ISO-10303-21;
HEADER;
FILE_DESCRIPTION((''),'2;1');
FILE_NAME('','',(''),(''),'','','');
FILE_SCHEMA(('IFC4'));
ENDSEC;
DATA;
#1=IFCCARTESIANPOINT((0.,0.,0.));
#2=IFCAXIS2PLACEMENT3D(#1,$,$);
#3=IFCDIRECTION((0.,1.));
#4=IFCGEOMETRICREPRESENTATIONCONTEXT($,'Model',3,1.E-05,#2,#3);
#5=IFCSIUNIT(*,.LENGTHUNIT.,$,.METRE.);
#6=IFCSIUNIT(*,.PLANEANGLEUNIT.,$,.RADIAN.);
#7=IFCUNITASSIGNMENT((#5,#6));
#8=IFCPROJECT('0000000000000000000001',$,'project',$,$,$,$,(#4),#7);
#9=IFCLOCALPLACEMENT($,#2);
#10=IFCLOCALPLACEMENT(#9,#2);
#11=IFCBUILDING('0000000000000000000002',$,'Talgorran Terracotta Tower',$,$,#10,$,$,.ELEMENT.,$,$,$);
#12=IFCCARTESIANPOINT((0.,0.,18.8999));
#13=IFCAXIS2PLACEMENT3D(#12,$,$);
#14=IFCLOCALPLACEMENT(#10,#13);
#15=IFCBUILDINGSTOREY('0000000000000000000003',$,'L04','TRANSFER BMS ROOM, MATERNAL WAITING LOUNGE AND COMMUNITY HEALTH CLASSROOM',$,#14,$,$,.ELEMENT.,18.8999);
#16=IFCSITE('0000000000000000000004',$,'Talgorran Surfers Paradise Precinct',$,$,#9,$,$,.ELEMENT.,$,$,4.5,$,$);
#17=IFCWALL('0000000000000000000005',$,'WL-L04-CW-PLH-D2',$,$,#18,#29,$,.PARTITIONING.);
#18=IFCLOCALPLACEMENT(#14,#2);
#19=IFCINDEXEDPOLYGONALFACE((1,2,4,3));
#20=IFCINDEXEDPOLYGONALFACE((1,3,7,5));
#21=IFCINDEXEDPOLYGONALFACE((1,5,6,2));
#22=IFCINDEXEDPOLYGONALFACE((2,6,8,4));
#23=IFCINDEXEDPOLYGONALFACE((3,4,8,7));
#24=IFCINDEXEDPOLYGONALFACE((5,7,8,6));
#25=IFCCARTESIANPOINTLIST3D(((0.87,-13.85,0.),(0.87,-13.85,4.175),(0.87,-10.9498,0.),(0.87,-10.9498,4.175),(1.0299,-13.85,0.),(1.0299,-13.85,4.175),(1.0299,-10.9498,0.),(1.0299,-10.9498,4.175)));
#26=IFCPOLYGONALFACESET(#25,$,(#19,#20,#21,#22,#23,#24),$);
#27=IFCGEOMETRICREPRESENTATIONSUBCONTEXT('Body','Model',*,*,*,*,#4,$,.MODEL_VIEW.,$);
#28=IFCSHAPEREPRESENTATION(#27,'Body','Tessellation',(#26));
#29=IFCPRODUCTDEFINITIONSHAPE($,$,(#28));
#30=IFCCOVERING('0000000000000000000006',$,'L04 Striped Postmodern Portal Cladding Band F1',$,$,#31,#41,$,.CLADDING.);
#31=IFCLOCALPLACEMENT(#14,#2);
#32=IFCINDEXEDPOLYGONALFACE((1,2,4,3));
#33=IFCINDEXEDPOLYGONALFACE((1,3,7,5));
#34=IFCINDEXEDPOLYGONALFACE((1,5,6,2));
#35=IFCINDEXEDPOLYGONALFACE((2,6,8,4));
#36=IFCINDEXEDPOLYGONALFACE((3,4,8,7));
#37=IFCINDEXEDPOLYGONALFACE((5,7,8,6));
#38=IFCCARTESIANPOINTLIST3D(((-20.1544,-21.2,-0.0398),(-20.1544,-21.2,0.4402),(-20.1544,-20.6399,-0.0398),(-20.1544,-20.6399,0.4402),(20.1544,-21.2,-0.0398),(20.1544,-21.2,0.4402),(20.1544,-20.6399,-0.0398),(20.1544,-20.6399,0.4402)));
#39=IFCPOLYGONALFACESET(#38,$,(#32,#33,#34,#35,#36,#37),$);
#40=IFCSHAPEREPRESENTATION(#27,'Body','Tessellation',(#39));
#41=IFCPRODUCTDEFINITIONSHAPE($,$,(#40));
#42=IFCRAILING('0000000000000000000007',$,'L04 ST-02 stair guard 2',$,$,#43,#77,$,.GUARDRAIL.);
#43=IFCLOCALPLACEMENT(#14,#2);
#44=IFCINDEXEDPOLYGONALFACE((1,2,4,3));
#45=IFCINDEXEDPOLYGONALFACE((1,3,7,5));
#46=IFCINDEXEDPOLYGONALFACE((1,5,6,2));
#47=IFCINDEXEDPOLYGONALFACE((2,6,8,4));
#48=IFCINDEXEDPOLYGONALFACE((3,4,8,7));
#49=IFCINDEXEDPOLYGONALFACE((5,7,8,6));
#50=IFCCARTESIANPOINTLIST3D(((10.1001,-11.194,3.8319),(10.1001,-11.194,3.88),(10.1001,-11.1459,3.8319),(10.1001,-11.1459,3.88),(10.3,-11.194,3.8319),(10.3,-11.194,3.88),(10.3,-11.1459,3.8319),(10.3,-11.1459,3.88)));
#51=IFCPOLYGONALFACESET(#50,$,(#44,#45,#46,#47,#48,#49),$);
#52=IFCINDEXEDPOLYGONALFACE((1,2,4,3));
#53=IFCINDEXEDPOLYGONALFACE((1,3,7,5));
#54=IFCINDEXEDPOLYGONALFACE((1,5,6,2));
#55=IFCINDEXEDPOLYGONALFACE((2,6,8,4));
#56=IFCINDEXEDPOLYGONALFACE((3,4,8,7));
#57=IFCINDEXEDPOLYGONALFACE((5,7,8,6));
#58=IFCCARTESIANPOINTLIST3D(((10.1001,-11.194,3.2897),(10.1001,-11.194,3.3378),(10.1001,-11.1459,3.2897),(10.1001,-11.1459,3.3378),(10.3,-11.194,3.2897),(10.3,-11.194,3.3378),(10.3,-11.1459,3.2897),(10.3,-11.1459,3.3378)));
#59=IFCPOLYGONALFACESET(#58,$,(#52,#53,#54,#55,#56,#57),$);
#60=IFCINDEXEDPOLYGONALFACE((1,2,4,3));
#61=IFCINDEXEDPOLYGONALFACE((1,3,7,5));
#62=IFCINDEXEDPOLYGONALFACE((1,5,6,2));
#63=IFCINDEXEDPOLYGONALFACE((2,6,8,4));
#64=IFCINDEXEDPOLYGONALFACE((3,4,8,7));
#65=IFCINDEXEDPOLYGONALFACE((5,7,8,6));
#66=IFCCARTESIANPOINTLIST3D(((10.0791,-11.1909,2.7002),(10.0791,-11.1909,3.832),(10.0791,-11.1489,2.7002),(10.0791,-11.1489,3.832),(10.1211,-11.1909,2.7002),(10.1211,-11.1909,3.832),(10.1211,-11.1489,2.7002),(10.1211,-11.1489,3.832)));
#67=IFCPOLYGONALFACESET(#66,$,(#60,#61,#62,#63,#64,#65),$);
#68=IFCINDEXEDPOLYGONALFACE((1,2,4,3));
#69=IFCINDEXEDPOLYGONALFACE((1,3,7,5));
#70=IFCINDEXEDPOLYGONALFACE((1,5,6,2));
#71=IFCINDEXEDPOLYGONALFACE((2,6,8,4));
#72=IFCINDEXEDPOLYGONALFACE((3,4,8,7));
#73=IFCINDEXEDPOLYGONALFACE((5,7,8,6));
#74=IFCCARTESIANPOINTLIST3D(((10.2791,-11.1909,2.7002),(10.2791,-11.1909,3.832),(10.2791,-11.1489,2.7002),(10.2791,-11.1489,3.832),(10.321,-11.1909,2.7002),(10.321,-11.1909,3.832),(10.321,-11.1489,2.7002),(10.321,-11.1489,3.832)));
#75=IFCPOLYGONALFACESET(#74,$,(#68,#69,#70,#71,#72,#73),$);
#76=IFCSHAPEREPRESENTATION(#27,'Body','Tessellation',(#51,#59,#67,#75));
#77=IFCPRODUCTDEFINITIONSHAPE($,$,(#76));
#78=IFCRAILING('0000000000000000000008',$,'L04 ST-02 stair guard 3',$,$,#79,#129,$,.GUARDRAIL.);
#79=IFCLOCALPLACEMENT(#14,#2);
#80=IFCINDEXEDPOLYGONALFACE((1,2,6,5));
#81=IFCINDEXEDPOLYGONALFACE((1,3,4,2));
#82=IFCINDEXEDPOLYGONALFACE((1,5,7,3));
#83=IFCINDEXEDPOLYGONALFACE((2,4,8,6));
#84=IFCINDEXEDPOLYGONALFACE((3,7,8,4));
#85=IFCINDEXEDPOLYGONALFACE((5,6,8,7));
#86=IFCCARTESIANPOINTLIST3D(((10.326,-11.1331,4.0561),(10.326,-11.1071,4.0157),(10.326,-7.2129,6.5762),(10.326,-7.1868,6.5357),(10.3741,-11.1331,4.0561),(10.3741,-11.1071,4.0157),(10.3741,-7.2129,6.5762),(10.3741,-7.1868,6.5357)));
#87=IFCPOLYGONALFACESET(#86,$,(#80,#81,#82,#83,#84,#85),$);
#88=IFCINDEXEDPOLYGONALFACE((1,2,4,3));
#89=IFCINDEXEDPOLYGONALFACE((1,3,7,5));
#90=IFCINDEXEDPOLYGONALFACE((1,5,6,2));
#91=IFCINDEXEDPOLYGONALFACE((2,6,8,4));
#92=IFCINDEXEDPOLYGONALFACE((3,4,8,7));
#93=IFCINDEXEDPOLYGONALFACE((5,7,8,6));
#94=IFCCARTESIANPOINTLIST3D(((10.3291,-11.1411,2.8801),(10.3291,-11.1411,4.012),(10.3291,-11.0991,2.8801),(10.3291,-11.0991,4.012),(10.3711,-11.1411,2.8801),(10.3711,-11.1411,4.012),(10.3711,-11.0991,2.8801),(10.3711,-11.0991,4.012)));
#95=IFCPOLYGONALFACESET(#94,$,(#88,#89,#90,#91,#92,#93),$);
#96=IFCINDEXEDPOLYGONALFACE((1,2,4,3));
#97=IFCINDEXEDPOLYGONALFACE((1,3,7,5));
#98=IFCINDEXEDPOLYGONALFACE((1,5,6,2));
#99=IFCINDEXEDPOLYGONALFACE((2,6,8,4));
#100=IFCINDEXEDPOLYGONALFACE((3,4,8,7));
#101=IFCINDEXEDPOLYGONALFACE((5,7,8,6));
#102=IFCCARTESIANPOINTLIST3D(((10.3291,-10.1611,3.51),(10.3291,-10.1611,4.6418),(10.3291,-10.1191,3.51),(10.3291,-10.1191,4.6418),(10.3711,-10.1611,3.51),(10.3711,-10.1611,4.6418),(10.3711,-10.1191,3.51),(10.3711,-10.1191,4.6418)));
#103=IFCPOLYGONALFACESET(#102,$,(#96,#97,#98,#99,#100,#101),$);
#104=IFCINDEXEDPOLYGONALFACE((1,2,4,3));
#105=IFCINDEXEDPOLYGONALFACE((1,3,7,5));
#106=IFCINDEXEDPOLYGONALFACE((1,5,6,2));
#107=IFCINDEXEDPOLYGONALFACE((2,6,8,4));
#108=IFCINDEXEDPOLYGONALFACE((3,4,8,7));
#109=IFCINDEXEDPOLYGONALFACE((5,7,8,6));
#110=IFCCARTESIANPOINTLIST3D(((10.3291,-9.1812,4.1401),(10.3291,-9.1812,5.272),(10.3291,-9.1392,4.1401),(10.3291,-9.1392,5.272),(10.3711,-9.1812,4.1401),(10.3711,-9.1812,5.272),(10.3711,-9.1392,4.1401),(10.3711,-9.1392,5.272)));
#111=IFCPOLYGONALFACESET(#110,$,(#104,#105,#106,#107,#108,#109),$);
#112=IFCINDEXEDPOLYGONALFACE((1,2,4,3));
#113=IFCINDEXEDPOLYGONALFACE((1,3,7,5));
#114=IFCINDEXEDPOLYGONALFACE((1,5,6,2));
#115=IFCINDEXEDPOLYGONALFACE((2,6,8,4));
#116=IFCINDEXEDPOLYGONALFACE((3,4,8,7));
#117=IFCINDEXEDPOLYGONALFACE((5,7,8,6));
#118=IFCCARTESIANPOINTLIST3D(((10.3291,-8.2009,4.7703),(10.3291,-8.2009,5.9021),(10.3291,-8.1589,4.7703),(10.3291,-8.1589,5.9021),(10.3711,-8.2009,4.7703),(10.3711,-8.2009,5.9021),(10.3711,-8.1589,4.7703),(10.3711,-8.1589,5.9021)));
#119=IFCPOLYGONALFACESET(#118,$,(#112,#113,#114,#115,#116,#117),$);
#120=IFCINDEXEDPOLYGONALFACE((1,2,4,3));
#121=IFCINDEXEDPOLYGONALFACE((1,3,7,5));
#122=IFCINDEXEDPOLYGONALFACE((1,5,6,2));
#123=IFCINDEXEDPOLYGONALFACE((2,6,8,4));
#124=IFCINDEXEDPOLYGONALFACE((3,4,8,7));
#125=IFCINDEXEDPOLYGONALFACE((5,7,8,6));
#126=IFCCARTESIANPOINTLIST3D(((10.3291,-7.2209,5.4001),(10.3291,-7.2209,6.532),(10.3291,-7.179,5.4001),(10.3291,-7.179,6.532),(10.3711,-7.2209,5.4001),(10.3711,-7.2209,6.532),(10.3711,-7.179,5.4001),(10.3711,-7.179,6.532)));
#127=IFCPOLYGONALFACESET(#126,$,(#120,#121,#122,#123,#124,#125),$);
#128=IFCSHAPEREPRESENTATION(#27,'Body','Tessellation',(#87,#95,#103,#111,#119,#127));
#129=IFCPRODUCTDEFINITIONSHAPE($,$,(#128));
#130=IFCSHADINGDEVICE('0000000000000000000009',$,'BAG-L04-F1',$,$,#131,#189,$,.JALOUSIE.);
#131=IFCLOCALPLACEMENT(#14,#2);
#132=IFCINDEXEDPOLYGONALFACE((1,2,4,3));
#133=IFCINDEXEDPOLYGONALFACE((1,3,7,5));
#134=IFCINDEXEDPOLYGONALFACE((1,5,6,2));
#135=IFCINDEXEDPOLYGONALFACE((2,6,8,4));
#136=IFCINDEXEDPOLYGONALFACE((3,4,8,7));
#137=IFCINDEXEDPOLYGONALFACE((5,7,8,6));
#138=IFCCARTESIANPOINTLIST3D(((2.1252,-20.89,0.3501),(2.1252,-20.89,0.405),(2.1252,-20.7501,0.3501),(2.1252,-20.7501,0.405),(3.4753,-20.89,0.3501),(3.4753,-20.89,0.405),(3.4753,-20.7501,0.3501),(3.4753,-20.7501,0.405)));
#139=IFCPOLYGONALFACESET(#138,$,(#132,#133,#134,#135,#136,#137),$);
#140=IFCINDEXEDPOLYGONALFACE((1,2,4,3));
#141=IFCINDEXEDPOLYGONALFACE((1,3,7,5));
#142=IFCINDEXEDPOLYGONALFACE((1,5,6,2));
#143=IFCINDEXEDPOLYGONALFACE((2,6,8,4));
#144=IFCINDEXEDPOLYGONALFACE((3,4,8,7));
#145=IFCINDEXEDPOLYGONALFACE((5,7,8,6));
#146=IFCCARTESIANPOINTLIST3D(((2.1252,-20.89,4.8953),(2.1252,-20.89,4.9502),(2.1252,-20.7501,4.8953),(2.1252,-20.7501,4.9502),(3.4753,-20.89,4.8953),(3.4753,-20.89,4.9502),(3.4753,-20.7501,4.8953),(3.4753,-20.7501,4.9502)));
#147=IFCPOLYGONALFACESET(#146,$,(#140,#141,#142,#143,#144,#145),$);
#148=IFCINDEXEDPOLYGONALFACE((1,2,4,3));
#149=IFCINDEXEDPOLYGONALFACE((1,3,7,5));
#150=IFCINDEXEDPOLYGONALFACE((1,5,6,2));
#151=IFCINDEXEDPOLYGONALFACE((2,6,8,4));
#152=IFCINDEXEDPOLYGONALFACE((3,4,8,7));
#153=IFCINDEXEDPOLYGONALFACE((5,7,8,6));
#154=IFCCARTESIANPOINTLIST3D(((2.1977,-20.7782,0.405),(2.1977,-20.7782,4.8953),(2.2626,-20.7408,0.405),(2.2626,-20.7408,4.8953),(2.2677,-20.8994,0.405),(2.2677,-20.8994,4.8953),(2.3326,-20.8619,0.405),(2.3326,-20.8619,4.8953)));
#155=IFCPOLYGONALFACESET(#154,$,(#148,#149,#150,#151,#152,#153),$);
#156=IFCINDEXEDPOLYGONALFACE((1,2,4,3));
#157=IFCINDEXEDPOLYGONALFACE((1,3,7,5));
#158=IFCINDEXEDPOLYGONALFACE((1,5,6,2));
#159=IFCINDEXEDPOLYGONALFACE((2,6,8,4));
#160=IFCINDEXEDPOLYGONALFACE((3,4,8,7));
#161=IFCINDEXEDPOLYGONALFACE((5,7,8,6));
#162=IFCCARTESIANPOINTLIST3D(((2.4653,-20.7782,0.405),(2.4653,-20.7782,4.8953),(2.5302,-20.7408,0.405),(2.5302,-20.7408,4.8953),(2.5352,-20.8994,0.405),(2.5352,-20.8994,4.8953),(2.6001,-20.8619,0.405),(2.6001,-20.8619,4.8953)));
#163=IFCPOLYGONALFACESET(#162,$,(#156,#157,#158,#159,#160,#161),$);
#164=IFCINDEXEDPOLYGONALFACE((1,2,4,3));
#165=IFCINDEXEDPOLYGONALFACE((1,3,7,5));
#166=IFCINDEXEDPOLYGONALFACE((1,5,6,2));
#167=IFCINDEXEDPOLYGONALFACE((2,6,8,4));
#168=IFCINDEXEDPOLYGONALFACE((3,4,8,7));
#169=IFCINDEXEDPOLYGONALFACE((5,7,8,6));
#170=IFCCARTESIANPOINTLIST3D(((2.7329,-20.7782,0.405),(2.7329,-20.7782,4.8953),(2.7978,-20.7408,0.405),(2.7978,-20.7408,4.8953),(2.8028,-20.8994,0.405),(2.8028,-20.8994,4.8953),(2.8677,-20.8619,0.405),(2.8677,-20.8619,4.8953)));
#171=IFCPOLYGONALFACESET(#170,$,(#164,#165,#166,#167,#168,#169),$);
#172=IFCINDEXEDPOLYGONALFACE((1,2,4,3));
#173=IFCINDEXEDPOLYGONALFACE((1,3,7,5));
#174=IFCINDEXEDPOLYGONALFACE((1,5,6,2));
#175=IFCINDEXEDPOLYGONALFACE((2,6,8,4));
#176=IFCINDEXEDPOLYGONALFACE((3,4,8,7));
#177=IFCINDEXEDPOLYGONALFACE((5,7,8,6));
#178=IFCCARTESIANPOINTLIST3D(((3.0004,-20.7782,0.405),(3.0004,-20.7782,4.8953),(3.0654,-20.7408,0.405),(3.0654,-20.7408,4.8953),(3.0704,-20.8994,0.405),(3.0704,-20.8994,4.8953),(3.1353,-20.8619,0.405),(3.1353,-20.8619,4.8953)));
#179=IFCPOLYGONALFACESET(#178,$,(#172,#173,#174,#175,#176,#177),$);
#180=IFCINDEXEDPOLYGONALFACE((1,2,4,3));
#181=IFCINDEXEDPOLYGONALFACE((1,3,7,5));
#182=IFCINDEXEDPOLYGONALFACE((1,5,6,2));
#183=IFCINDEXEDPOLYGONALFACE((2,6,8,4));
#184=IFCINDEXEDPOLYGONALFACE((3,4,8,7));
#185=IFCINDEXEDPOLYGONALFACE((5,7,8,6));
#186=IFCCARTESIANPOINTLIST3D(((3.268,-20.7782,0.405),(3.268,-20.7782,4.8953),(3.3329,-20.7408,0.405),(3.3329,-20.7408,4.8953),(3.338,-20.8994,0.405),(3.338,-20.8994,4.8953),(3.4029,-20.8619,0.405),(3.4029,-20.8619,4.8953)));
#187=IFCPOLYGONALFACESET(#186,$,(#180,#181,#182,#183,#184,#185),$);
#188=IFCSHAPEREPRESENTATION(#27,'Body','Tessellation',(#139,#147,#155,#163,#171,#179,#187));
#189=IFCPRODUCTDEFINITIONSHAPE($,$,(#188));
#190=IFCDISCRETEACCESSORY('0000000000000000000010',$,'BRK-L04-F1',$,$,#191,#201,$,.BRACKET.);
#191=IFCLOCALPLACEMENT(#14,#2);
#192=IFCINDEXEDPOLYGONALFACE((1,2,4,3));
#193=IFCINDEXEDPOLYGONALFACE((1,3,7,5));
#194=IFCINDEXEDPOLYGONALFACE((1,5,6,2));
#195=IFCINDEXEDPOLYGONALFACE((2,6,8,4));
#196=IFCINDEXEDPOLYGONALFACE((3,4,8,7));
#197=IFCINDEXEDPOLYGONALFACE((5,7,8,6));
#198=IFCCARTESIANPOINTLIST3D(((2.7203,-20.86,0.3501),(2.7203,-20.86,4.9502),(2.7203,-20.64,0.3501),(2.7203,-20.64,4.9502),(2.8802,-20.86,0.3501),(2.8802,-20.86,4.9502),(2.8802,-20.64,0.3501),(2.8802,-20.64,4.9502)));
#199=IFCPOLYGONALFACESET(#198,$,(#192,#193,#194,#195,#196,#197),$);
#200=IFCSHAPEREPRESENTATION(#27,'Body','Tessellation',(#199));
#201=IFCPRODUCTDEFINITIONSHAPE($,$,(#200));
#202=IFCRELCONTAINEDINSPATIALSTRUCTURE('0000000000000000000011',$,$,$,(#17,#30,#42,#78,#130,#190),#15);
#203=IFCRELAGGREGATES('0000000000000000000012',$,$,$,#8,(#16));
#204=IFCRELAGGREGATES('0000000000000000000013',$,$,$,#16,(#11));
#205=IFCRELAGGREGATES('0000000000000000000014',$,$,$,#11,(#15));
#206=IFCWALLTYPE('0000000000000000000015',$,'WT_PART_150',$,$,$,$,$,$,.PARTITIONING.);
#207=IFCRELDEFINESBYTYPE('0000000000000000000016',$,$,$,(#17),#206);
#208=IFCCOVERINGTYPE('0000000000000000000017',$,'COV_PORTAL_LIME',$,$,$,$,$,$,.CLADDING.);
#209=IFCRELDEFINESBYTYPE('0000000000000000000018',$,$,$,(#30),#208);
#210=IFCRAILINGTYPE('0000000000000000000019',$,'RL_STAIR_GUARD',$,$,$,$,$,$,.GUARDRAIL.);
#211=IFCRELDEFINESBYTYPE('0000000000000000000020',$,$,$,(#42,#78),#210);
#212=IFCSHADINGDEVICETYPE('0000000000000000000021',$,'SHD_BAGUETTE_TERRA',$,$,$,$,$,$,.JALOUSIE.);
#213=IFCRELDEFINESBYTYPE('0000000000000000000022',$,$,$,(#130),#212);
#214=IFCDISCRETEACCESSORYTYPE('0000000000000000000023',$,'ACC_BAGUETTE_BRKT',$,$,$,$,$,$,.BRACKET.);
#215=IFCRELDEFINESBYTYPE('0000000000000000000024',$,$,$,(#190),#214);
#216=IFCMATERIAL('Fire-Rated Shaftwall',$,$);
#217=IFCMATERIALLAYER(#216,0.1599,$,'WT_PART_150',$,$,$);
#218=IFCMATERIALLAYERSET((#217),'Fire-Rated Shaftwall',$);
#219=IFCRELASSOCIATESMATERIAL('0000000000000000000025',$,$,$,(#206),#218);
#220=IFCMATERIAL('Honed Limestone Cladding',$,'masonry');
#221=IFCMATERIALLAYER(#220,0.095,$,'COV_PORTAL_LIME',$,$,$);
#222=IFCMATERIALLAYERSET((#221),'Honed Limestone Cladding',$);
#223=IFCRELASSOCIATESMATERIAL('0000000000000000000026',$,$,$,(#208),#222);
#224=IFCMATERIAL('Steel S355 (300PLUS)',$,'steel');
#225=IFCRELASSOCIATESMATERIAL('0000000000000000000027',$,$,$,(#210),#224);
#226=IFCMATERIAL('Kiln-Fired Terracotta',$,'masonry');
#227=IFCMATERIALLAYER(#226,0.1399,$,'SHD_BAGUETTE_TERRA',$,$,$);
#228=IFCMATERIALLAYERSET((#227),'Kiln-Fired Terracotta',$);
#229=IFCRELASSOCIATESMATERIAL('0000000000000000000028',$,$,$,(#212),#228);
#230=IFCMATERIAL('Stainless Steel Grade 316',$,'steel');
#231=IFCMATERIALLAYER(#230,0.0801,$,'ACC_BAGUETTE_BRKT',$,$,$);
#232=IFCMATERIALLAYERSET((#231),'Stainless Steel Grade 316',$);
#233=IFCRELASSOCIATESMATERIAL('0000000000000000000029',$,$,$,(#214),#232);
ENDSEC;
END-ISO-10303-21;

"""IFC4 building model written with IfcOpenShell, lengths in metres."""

from ifc_helpers import new_model, si_unit, direction, frame, frame_2d, origin, origin_2d, place, context, subcontext, project, spatial, rectangle, extrude, source, transform, mapped, material, layer, layer_set, type_object, type_shapes, element, save


model = new_model("IFC4")

# Units and contexts
model_context = context("Model", 3, precision=1e-05, world=origin(), true_north=direction((0.0, 1.0)))
body_context = subcontext(model_context, "Body", "Model", "MODEL_VIEW")
ifc_project = project(units=[si_unit("LENGTHUNIT", "METRE"), si_unit("PLANEANGLEUNIT", "RADIAN")], contexts=[model_context])

# Site, building, storey
site_placement = place(None, origin())
site = spatial("IfcSite", under=ifc_project, at=site_placement, Name="Talgorran Surfers Paradise Precinct", CompositionType="ELEMENT", RefElevation=4.5)
building_placement = place(site_placement, origin())
building = spatial("IfcBuilding", under=site, at=building_placement, Name="Talgorran Terracotta Tower", CompositionType="ELEMENT")
storey_placement = place(building_placement, frame((0.0, 0.0, 18.8999)))
storey = spatial("IfcBuildingStorey", under=building, at=storey_placement, Name="L04", Description="TRANSFER BMS ROOM, MATERNAL WAITING LOUNGE AND COMMUNITY HEALTH CLASSROOM", CompositionType="ELEMENT", Elevation=18.8999)

# Wall
ifc_material_1 = material(Name="Fire-Rated Shaftwall")
ifc_layer_1 = layer(ifc_material_1, 0.1599, Name="WT_PART_150")
ifc_layer_set_1 = layer_set([ifc_layer_1], Name="Fire-Rated Shaftwall")
wall_type_1 = type_object("IfcWallType", Name="WT_PART_150", PredefinedType="PARTITIONING", material=ifc_layer_set_1)
wall_1_placement = place(storey_placement, frame((0.95, -13.8501, 0.0), z_axis=(0.0, 0.0, 1.0), x_axis=(0.0, 1.0, 0.0)))
element("IfcWall", 1, at=wall_1_placement, inside=storey, type_object=wall_type_1, Name="WL-L04-CW-PLH-D2", PredefinedType="PARTITIONING", context=body_context, shape_type="SweptSolid", body=[
    extrude(rectangle(XDim=2.9001, YDim=0.1599, at=frame_2d((1.4502, 0.0))), origin(), (0.0, 0.0, 1.0), 4.175),
])

# Covering
ifc_material_2 = material(Name="Honed Limestone Cladding", Category="masonry")
ifc_layer_2 = layer(ifc_material_2, 0.095, Name="COV_PORTAL_LIME")
ifc_layer_set_2 = layer_set([ifc_layer_2], Name="Honed Limestone Cladding")
covering_type = type_object("IfcCoveringType", Name="COV_PORTAL_LIME", PredefinedType="CLADDING", material=ifc_layer_set_2)
covering_placement = place(storey_placement, frame((0.0, -20.9199, -0.0398), z_axis=(0.0, 0.0, 1.0), x_axis=(1.0, 0.0, 0.0)))
element("IfcCovering", 2, at=covering_placement, inside=storey, type_object=covering_type, Name="L04 Striped Postmodern Portal Cladding Band F1", PredefinedType="CLADDING", context=body_context, shape_type="SweptSolid", body=[
    extrude(rectangle(XDim=40.3088, YDim=0.5601, at=origin_2d()), origin(), (0.0, 0.0, 1.0), 0.48),
])

# Railings
ifc_material_3 = material(Name="Steel S355 (300PLUS)", Category="steel")
railing_type = type_object("IfcRailingType", Name="RL_STAIR_GUARD", PredefinedType="GUARDRAIL", material=ifc_material_3)
railing_1_placement = place(storey_placement, frame((10.1001, -11.1699, 2.7002)))
element("IfcRailing", 3, at=railing_1_placement, inside=storey, type_object=railing_type, Name="L04 ST-02 stair guard 2", PredefinedType="GUARDRAIL", context=body_context, shape_type="SweptSolid", body=[
    extrude(rectangle(XDim=0.0481, YDim=0.0481, at=origin_2d()), frame((0.0, 0.0, 1.1558), z_axis=(1.0, 0.0, 0.0), x_axis=(0.0, 1.0, 0.0)), (0.0, 0.0, 1.0), 0.2),
    extrude(rectangle(XDim=0.0481, YDim=0.0481, at=origin_2d()), frame((0.0, 0.0, 0.6135), z_axis=(1.0, 0.0, 0.0), x_axis=(0.0, 1.0, 0.0)), (0.0, 0.0, 1.0), 0.2),
    extrude(rectangle(XDim=0.042, YDim=0.042, at=origin_2d()), origin(), (0.0, 0.0, 1.0), 1.1318),
    extrude(rectangle(XDim=0.042, YDim=0.042, at=origin_2d()), frame((0.2, 0.0, 0.0)), (0.0, 0.0, 1.0), 1.1318),
])
railing_2_placement = place(storey_placement, frame((10.3501, -11.1201, 2.8801)))
element("IfcRailing", 4, at=railing_2_placement, inside=storey, type_object=railing_type, Name="L04 ST-02 stair guard 3", PredefinedType="GUARDRAIL", context=body_context, shape_type="SweptSolid", body=[
    extrude(rectangle(XDim=0.0481, YDim=0.0481, at=origin_2d()), frame((0.0, 0.0, 1.1558), z_axis=(0.0, 0.841187, 0.540744), x_axis=(-1.0, 0.0, 0.0)), (0.0, 0.0, 1.0), 4.6604),
    extrude(rectangle(XDim=0.042, YDim=0.042, at=origin_2d()), origin(), (0.0, 0.0, 1.0), 1.1318),
    extrude(rectangle(XDim=0.042, YDim=0.042, at=origin_2d()), frame((0.0, 0.98, 0.6299)), (0.0, 0.0, 1.0), 1.1318),
    extrude(rectangle(XDim=0.042, YDim=0.042, at=origin_2d()), frame((0.0, 1.96, 1.26)), (0.0, 0.0, 1.0), 1.1318),
    extrude(rectangle(XDim=0.042, YDim=0.042, at=origin_2d()), frame((0.0, 2.9402, 1.8901)), (0.0, 0.0, 1.0), 1.1318),
    extrude(rectangle(XDim=0.042, YDim=0.042, at=origin_2d()), frame((0.0, 3.9202, 2.52)), (0.0, 0.0, 1.0), 1.1318),
])

# Shading device
ifc_material_4 = material(Name="Kiln-Fired Terracotta", Category="masonry")
ifc_layer_3 = layer(ifc_material_4, 0.1399, Name="SHD_BAGUETTE_TERRA")
ifc_layer_set_3 = layer_set([ifc_layer_3], Name="Kiln-Fired Terracotta")
shading_device_type = type_object("IfcShadingDeviceType", Name="SHD_BAGUETTE_TERRA", PredefinedType="JALOUSIE", material=ifc_layer_set_3)
shared_shape_1 = source(origin(), body_context, "Body", "SweptSolid", [
    extrude(rectangle(XDim=1.3501, YDim=0.1399, at=origin_2d()), origin(), (0.0, 0.0, 1.0), 0.0549),
    extrude(rectangle(XDim=1.3501, YDim=0.1399, at=origin_2d()), frame((0.0, 0.0, 4.5452)), (0.0, 0.0, 1.0), 0.0549),
    extrude(rectangle(XDim=0.075, YDim=0.1399, at=origin_2d()), frame((-0.5352, 0.0, 0.0549), z_axis=(0.0, 0.0, 1.0), x_axis=(0.866025, 0.5, 0.0)), (0.0, 0.0, 1.0), 4.4902),
    extrude(rectangle(XDim=0.075, YDim=0.1399, at=origin_2d()), frame((-0.2676, 0.0, 0.0549), z_axis=(0.0, 0.0, 1.0), x_axis=(0.866025, 0.5, 0.0)), (0.0, 0.0, 1.0), 4.4902),
    extrude(rectangle(XDim=0.075, YDim=0.1399, at=origin_2d()), frame((0.0, 0.0, 0.0549), z_axis=(0.0, 0.0, 1.0), x_axis=(0.866025, 0.5, 0.0)), (0.0, 0.0, 1.0), 4.4902),
    extrude(rectangle(XDim=0.075, YDim=0.1399, at=origin_2d()), frame((0.2676, 0.0, 0.0549), z_axis=(0.0, 0.0, 1.0), x_axis=(0.866025, 0.5, 0.0)), (0.0, 0.0, 1.0), 4.4902),
    extrude(rectangle(XDim=0.075, YDim=0.1399, at=origin_2d()), frame((0.5352, 0.0, 0.0549), z_axis=(0.0, 0.0, 1.0), x_axis=(0.866025, 0.5, 0.0)), (0.0, 0.0, 1.0), 4.4902),
])
type_shapes(shading_device_type, [shared_shape_1])
shading_device_placement = place(storey_placement, frame((2.8003, -20.8201, 0.3501), z_axis=(0.0, 0.0, 1.0), x_axis=(1.0, 0.0, 0.0)))
element("IfcShadingDevice", 5, at=shading_device_placement, inside=storey, type_object=shading_device_type, Name="BAG-L04-F1", PredefinedType="JALOUSIE", context=body_context, shape_type="MappedRepresentation", body=[
    mapped(shared_shape_1, transform((0.0, 0.0, 0.0), scale=1.0)),
])

# Discrete accessory
ifc_material_5 = material(Name="Stainless Steel Grade 316", Category="steel")
ifc_layer_4 = layer(ifc_material_5, 0.0801, Name="ACC_BAGUETTE_BRKT")
ifc_layer_set_4 = layer_set([ifc_layer_4], Name="Stainless Steel Grade 316")
discrete_accessory_type = type_object("IfcDiscreteAccessoryType", Name="ACC_BAGUETTE_BRKT", PredefinedType="BRACKET", material=ifc_layer_set_4)
shared_shape_2 = source(origin(), body_context, "Body", "SweptSolid", [
    extrude(rectangle(XDim=0.1599, YDim=0.22, at=origin_2d()), origin(), (0.0, 0.0, 1.0), 4.6001),
])
type_shapes(discrete_accessory_type, [shared_shape_2])
discrete_accessory_placement = place(storey_placement, frame((2.8003, -20.75, 0.3501), z_axis=(0.0, 0.0, 1.0), x_axis=(1.0, 0.0, 0.0)))
element("IfcDiscreteAccessory", 6, at=discrete_accessory_placement, inside=storey, type_object=discrete_accessory_type, Name="BRK-L04-F1", PredefinedType="BRACKET", context=body_context, shape_type="MappedRepresentation", body=[
    mapped(shared_shape_2, transform((0.0, 0.0, 0.0), scale=1.0)),
])

save(model, "model.ifc")
